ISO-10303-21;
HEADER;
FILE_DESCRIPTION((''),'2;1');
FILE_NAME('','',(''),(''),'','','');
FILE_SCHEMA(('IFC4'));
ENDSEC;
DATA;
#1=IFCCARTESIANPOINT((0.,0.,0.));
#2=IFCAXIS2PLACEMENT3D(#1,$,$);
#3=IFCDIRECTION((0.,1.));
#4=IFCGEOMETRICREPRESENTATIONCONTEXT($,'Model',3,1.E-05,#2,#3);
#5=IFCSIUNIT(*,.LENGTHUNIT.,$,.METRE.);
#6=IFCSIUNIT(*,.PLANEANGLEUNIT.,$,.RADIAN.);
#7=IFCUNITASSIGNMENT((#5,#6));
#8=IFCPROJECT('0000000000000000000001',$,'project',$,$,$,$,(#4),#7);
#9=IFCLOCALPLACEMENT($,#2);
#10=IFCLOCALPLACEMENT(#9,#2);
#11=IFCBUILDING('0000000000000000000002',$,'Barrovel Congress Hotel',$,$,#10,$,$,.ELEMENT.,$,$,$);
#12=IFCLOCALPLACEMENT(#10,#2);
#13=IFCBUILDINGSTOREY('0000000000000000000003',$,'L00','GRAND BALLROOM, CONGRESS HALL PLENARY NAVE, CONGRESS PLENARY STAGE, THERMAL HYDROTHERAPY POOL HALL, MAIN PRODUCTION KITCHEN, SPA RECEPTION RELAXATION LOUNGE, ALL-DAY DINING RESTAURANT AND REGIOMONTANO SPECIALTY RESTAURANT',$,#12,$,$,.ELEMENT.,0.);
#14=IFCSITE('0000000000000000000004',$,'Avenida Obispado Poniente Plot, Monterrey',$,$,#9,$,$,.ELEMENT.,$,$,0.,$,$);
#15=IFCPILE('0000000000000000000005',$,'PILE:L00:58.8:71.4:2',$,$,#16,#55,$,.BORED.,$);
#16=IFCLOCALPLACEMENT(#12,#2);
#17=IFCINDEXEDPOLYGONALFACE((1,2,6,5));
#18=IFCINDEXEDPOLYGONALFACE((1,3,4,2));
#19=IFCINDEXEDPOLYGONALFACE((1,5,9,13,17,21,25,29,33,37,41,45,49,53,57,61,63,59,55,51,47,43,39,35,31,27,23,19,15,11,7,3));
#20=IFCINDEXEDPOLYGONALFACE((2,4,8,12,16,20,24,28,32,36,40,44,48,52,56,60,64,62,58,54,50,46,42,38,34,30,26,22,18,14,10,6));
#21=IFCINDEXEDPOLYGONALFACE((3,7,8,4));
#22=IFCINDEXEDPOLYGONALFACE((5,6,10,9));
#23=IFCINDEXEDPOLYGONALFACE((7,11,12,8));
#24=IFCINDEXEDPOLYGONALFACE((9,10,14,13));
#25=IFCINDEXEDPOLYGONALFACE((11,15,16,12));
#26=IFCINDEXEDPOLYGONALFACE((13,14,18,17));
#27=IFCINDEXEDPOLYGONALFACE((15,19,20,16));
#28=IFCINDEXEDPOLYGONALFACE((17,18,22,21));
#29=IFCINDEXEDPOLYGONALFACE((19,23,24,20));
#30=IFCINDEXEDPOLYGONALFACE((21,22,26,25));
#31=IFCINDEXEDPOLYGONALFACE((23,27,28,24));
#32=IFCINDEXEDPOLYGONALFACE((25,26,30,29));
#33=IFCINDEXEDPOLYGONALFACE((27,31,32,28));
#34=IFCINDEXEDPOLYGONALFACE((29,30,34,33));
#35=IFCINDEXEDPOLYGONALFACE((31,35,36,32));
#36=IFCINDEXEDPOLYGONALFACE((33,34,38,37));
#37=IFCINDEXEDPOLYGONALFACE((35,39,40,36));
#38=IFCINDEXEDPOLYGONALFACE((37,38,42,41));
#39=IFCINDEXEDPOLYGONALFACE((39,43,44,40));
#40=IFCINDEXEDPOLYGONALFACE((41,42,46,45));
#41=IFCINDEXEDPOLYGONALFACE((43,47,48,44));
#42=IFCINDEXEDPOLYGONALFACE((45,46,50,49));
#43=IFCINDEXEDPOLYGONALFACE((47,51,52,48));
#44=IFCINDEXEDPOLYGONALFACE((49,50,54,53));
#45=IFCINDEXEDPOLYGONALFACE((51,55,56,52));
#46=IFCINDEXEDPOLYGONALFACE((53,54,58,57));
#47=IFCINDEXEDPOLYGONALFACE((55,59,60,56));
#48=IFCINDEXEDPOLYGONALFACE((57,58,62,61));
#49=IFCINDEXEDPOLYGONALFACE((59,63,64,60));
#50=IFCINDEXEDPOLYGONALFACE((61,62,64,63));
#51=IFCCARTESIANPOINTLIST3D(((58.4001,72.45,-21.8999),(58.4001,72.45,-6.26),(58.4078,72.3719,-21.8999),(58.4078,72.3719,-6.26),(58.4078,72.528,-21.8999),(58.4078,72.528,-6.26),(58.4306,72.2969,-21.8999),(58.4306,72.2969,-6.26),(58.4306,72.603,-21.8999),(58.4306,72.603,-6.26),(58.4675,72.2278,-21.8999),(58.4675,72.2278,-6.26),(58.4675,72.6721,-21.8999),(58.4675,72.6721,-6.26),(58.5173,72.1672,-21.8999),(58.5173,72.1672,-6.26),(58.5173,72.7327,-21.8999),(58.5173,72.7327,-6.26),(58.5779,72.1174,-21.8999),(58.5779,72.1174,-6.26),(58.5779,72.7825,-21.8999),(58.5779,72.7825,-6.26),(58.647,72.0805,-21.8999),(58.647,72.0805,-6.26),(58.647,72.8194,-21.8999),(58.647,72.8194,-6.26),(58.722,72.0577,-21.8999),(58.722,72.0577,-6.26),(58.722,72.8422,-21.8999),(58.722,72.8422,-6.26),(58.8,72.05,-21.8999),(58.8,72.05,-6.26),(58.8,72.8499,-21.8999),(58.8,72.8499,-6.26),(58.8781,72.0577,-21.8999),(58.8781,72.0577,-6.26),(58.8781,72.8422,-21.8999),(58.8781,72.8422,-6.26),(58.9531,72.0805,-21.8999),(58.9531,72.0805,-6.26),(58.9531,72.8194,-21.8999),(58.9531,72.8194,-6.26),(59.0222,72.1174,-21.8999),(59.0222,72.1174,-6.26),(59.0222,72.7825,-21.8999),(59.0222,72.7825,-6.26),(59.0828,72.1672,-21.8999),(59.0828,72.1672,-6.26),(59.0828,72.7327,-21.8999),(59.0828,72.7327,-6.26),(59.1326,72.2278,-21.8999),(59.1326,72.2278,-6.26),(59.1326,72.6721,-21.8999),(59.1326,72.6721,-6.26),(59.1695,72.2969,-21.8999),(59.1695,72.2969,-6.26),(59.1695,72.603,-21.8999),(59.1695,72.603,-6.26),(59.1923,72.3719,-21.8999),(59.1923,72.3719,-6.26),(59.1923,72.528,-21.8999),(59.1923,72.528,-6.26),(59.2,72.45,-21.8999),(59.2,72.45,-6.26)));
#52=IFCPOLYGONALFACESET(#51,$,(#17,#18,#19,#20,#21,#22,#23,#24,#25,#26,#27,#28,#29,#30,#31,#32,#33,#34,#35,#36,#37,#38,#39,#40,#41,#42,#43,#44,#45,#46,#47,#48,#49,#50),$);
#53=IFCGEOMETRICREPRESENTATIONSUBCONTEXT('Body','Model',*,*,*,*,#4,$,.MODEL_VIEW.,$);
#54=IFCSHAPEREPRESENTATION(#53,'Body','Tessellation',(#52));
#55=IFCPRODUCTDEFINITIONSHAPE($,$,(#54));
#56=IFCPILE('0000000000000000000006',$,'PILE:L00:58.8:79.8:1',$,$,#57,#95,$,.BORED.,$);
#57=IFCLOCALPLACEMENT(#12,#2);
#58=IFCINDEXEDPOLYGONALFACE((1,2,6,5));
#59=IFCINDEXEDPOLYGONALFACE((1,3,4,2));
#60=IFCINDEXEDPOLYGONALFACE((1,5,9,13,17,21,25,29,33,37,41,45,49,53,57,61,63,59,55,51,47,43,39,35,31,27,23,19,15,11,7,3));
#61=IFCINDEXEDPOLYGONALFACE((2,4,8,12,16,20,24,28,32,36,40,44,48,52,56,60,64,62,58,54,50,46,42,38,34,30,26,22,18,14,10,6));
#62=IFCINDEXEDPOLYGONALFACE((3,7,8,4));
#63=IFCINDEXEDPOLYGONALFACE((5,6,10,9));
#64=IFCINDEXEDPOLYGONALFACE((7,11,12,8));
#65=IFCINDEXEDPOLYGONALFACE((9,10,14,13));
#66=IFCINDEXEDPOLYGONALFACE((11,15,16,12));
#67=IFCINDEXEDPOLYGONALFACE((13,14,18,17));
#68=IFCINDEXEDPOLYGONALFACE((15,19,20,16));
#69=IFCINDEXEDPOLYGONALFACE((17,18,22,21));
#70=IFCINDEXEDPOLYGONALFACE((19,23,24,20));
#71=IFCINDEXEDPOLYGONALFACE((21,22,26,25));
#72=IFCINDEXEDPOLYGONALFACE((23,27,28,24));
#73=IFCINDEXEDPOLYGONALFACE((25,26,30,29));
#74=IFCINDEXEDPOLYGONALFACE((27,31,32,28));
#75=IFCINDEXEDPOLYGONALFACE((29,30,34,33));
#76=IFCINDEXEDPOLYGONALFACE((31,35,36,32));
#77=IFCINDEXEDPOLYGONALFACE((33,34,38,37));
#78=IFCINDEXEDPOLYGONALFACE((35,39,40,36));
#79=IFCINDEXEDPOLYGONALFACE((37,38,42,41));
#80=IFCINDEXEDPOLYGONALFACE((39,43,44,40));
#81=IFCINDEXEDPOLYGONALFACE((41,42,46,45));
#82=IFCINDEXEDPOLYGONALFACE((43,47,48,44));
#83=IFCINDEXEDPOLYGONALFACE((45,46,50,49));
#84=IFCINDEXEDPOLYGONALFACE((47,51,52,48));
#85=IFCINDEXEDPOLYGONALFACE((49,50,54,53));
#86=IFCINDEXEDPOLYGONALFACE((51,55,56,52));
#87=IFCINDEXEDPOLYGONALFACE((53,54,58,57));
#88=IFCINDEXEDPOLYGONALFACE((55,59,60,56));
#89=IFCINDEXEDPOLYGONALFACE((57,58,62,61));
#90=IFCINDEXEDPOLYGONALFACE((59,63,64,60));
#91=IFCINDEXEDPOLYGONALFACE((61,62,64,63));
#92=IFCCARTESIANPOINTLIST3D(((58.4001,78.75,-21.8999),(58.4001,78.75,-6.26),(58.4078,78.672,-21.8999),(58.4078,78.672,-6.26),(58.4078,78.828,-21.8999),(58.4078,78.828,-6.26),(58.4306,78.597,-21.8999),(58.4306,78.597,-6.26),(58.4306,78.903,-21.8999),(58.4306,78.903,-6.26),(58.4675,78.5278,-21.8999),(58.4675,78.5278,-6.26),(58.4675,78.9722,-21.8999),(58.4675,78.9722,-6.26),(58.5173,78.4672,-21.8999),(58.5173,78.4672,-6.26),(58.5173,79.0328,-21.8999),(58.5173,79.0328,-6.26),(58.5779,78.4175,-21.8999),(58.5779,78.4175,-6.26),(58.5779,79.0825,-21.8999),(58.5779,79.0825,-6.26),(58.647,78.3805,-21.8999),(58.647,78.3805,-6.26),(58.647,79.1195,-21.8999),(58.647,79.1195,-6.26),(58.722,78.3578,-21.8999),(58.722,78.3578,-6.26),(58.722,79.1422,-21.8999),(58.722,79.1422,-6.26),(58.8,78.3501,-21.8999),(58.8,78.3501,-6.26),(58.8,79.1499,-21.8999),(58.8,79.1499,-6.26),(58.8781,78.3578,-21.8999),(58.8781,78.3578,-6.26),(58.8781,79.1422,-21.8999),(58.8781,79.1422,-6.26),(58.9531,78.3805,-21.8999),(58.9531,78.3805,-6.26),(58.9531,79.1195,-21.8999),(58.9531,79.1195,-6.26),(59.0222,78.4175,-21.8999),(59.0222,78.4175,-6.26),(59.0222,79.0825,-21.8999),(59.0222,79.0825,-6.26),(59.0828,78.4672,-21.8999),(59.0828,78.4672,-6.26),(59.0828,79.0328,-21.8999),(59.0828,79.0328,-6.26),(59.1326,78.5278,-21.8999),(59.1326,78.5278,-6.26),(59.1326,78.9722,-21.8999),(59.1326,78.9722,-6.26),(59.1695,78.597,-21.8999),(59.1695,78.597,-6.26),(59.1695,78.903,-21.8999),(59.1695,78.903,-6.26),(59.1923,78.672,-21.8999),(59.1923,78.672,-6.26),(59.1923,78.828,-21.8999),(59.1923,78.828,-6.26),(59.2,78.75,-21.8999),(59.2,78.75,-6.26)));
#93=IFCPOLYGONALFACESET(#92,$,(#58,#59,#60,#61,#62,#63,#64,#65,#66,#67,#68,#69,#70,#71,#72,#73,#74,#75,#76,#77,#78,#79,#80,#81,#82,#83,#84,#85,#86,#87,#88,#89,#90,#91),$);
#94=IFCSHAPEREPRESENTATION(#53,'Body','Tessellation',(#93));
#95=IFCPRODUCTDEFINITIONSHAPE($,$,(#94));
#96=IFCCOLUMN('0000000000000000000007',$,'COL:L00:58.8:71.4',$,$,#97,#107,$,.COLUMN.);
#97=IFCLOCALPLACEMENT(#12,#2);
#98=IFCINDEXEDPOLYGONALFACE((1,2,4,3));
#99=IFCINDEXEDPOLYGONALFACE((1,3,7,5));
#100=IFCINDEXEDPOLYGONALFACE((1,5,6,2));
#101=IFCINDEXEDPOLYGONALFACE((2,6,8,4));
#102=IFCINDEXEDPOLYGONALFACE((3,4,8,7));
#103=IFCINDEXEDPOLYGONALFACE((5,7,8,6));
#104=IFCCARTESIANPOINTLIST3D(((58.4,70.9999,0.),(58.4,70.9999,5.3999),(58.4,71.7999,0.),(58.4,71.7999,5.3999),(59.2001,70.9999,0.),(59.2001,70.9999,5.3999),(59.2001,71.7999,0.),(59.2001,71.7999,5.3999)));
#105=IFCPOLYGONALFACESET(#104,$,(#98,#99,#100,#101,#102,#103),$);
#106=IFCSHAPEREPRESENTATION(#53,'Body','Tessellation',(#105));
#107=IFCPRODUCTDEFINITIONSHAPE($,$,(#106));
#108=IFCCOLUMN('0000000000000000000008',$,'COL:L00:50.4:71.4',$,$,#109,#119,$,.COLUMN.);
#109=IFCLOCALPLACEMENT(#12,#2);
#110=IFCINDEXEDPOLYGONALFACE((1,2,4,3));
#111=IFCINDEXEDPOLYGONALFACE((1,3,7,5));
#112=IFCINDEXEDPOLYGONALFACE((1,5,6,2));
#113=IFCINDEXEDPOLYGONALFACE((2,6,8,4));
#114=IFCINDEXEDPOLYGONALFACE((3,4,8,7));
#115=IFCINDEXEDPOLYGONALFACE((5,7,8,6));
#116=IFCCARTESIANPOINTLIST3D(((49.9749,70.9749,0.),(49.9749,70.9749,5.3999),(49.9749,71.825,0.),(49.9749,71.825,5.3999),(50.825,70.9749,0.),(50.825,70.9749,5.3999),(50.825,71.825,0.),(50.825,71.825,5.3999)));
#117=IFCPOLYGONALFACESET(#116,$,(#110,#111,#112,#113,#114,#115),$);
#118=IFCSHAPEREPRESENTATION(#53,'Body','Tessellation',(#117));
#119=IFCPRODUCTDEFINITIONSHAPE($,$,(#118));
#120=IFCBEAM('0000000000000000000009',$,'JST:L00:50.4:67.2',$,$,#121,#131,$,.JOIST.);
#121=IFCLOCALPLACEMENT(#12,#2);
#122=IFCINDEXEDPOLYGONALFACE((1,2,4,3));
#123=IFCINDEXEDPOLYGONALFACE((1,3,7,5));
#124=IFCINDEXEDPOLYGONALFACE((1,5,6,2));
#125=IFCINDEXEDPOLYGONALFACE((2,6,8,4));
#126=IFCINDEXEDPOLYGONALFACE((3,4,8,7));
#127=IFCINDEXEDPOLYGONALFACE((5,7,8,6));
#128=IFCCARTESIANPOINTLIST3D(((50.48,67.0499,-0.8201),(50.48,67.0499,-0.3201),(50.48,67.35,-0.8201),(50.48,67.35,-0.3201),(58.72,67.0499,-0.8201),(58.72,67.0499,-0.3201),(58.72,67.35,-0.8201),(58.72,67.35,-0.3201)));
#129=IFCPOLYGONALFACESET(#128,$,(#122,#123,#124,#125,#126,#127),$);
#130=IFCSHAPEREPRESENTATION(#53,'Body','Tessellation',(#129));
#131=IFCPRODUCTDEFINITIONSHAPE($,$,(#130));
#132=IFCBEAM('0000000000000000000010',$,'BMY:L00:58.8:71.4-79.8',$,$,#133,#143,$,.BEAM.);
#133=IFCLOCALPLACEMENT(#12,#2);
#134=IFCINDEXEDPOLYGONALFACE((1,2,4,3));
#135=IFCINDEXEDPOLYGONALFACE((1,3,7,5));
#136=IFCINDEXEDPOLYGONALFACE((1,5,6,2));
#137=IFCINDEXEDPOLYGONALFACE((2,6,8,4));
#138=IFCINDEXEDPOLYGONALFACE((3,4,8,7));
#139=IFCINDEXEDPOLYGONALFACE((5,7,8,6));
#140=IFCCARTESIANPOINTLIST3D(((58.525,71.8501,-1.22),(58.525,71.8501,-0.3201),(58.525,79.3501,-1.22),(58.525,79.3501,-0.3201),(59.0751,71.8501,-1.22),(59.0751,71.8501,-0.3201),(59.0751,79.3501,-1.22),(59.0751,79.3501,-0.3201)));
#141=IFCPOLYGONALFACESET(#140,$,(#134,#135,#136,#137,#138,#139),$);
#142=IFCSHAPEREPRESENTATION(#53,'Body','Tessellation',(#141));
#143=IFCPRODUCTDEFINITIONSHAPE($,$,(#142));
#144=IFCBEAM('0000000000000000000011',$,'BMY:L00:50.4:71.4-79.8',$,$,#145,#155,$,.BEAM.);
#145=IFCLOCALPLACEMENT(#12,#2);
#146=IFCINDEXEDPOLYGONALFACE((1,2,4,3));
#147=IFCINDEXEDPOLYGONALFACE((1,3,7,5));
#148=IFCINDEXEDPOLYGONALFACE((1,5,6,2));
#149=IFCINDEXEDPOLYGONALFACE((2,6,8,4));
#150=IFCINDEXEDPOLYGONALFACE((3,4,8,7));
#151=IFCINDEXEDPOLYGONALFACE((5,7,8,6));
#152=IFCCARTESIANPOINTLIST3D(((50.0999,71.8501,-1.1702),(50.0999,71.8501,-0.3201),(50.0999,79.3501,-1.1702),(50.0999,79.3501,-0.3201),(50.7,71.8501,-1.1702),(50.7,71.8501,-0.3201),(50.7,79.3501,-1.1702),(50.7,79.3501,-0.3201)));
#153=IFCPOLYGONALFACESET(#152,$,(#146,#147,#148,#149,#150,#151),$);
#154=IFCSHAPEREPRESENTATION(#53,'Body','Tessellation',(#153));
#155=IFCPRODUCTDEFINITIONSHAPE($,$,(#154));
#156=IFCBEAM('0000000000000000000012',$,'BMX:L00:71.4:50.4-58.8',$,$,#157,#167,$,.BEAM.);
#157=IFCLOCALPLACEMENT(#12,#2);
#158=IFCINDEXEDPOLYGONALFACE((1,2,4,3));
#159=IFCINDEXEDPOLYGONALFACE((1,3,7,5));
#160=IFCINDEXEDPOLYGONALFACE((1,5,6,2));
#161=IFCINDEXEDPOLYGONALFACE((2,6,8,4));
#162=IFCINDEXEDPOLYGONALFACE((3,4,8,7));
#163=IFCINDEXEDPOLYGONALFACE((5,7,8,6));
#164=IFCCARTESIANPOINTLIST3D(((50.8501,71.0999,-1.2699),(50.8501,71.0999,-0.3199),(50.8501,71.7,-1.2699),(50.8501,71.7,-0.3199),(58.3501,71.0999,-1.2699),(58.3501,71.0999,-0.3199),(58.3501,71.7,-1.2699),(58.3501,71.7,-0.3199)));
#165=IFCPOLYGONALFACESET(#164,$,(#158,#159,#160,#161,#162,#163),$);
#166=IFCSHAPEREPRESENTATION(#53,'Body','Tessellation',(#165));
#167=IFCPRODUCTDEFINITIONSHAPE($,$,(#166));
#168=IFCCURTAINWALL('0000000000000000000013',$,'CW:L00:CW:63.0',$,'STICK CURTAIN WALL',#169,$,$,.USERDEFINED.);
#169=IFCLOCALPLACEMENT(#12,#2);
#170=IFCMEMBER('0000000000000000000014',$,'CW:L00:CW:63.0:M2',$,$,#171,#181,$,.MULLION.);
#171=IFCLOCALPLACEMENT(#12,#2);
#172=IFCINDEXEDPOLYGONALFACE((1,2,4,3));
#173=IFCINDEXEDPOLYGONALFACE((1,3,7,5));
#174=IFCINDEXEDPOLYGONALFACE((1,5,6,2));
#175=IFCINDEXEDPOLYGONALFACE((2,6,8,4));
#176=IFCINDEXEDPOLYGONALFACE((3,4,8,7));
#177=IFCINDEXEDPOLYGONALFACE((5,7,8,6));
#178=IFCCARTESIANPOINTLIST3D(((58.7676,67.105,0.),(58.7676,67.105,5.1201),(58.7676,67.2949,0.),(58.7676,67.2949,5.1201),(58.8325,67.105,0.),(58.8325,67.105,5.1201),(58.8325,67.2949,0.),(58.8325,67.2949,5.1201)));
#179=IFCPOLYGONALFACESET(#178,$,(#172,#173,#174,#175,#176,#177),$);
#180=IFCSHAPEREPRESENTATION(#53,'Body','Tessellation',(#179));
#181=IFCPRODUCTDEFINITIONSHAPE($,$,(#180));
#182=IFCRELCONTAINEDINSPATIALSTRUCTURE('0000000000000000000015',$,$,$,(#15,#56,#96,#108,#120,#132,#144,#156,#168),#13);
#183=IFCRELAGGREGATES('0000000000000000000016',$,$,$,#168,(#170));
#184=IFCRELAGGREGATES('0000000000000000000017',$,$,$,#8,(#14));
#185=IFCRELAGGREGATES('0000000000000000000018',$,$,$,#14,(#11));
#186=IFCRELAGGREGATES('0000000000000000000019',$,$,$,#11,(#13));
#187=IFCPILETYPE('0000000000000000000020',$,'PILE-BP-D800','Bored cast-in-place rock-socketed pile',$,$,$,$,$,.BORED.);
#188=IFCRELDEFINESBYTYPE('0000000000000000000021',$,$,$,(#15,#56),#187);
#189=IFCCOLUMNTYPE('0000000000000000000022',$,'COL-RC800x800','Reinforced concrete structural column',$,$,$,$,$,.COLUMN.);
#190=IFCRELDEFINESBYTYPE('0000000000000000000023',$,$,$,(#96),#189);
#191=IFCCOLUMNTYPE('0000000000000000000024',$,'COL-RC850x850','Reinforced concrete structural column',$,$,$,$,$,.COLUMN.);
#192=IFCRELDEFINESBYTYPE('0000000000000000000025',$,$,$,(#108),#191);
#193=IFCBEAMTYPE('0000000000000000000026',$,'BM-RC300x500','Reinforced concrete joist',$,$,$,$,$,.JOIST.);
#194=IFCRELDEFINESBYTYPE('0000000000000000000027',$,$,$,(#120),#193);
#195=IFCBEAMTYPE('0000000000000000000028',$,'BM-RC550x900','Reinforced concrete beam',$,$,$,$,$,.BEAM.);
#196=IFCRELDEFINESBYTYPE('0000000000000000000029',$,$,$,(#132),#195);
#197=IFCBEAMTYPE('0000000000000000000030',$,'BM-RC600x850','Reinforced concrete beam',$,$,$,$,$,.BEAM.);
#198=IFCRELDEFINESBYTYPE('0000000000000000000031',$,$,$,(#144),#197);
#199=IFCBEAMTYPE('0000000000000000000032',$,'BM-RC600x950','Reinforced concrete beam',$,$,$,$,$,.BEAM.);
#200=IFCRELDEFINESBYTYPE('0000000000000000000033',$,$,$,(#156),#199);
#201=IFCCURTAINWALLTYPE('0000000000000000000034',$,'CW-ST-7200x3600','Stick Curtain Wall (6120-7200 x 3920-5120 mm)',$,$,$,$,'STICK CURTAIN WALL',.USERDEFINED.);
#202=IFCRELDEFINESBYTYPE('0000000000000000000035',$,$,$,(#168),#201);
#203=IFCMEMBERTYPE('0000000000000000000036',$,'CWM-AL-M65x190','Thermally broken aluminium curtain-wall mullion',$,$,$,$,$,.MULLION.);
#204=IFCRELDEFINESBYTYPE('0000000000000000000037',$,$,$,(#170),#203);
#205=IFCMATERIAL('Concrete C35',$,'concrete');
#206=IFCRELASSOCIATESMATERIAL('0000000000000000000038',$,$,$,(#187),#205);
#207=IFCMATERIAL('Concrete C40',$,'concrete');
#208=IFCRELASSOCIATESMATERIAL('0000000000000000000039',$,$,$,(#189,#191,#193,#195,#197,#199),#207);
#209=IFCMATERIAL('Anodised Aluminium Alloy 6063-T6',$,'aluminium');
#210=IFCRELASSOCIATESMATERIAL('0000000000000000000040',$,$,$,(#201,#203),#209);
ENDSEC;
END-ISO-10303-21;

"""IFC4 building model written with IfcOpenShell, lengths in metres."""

from ifc_helpers import new_model, si_unit, direction, frame, origin, origin_2d, place, context, subcontext, project, spatial, rectangle, circle, extrude, material, material_profile, profile_set, type_object, element, aggregate, save


model = new_model("IFC4")

# Units and contexts
model_context = context("Model", 3, precision=1e-05, world=origin(), true_north=direction((0.0, 1.0)))
body_context = subcontext(model_context, "Body", "Model", "MODEL_VIEW")
ifc_project = project(units=[si_unit("LENGTHUNIT", "METRE"), si_unit("PLANEANGLEUNIT", "RADIAN")], contexts=[model_context])

# Site, building, storey
site_placement = place(None, origin())
site = spatial("IfcSite", under=ifc_project, at=site_placement, Name="Avenida Obispado Poniente Plot, Monterrey", CompositionType="ELEMENT", RefElevation=0.0)
building_placement = place(site_placement, origin())
building = spatial("IfcBuilding", under=site, at=building_placement, Name="Barrovel Congress Hotel", CompositionType="ELEMENT")
storey_placement = place(building_placement, origin())
storey = spatial("IfcBuildingStorey", under=building, at=storey_placement, Name="L00", Description="GRAND BALLROOM, CONGRESS HALL PLENARY NAVE, CONGRESS PLENARY STAGE, THERMAL HYDROTHERAPY POOL HALL, MAIN PRODUCTION KITCHEN, SPA RECEPTION RELAXATION LOUNGE, ALL-DAY DINING RESTAURANT AND REGIOMONTANO SPECIALTY RESTAURANT", CompositionType="ELEMENT", Elevation=0.0)

# Shared definitions
ifc_material_1 = material(Name="Concrete C40", Category="concrete")

# Piles
ifc_material_2 = material(Name="Concrete C35", Category="concrete")
ifc_material_profile_1 = material_profile(ifc_material_2, circle(Radius=0.3999, at=origin_2d()), Name="BP-D800")
ifc_profile_set_1 = profile_set([ifc_material_profile_1], Name="Concrete C35")
pile_type = type_object("IfcPileType", Name="PILE-BP-D800", Description="Bored cast-in-place rock-socketed pile", PredefinedType="BORED", material=ifc_profile_set_1)
for number, where, z_axis, x_axis, name in (
    (1, (58.8, 72.45, -6.26), (0.0, 0.0, -1.0), (1.0, 0.0, 0.0), "PILE:L00:58.8:71.4:2"),
    (2, (58.8, 78.75, -6.26), (0.0, 0.0, -1.0), (1.0, 0.0, 0.0), "PILE:L00:58.8:79.8:1"),
):
    element("IfcPile", number, at=place(storey_placement, frame(where, z_axis=z_axis, x_axis=x_axis)), inside=storey, type_object=pile_type, Name=name, PredefinedType="BORED", context=body_context, shape_type="SweptSolid", body=[
        extrude(circle(Radius=0.3999, at=origin_2d()), origin(), (0.0, 0.0, 1.0), 15.6399),
    ])

# Columns
ifc_material_profile_2 = material_profile(ifc_material_1, rectangle(XDim=0.8, YDim=0.8, at=origin_2d()), Name="RC800x800")
ifc_profile_set_2 = profile_set([ifc_material_profile_2], Name="Concrete C40")
column_type_1 = type_object("IfcColumnType", Name="COL-RC800x800", Description="Reinforced concrete structural column", PredefinedType="COLUMN", material=ifc_profile_set_2)
column_1_placement = place(storey_placement, frame((58.8, 71.3999, 0.0), z_axis=(0.0, 0.0, 1.0), x_axis=(1.0, 0.0, 0.0)))
element("IfcColumn", 3, at=column_1_placement, inside=storey, type_object=column_type_1, Name="COL:L00:58.8:71.4", PredefinedType="COLUMN", context=body_context, shape_type="SweptSolid", body=[
    extrude(rectangle(XDim=0.8, YDim=0.8, at=origin_2d()), origin(), (0.0, 0.0, 1.0), 5.3999),
])
ifc_material_profile_3 = material_profile(ifc_material_1, rectangle(XDim=0.8501, YDim=0.8501, at=origin_2d()), Name="RC850x850")
ifc_profile_set_3 = profile_set([ifc_material_profile_3], Name="Concrete C40")
column_type_2 = type_object("IfcColumnType", Name="COL-RC850x850", Description="Reinforced concrete structural column", PredefinedType="COLUMN", material=ifc_profile_set_3)
column_2_placement = place(storey_placement, frame((50.3999, 71.3999, 0.0), z_axis=(0.0, 0.0, 1.0), x_axis=(1.0, 0.0, 0.0)))
element("IfcColumn", 4, at=column_2_placement, inside=storey, type_object=column_type_2, Name="COL:L00:50.4:71.4", PredefinedType="COLUMN", context=body_context, shape_type="SweptSolid", body=[
    extrude(rectangle(XDim=0.8501, YDim=0.8501, at=origin_2d()), origin(), (0.0, 0.0, 1.0), 5.3999),
])

# Beams
ifc_material_profile_4 = material_profile(ifc_material_1, rectangle(XDim=0.3, YDim=0.5, at=origin_2d()), Name="RC300x500")
ifc_profile_set_4 = profile_set([ifc_material_profile_4], Name="Concrete C40")
beam_type_1 = type_object("IfcBeamType", Name="BM-RC300x500", Description="Reinforced concrete joist", PredefinedType="JOIST", material=ifc_profile_set_4)
beam_1_placement = place(storey_placement, frame((50.48, 67.2, -0.5701), z_axis=(1.0, 0.0, 0.0), x_axis=(0.0, 1.0, 0.0)))
element("IfcBeam", 5, at=beam_1_placement, inside=storey, type_object=beam_type_1, Name="JST:L00:50.4:67.2", PredefinedType="JOIST", context=body_context, shape_type="SweptSolid", body=[
    extrude(rectangle(XDim=0.3, YDim=0.5, at=origin_2d()), origin(), (0.0, 0.0, 1.0), 8.24),
])
ifc_material_profile_5 = material_profile(ifc_material_1, rectangle(XDim=0.55, YDim=0.8999, at=origin_2d()), Name="RC550x900")
ifc_profile_set_5 = profile_set([ifc_material_profile_5], Name="Concrete C40")
beam_type_2 = type_object("IfcBeamType", Name="BM-RC550x900", Description="Reinforced concrete beam", PredefinedType="BEAM", material=ifc_profile_set_5)
beam_2_placement = place(storey_placement, frame((58.8, 71.8501, -0.77), z_axis=(0.0, 1.0, 0.0), x_axis=(-1.0, 0.0, 0.0)))
element("IfcBeam", 6, at=beam_2_placement, inside=storey, type_object=beam_type_2, Name="BMY:L00:58.8:71.4-79.8", PredefinedType="BEAM", context=body_context, shape_type="SweptSolid", body=[
    extrude(rectangle(XDim=0.55, YDim=0.8999, at=origin_2d()), origin(), (0.0, 0.0, 1.0), 7.5),
])
ifc_material_profile_6 = material_profile(ifc_material_1, rectangle(XDim=0.6001, YDim=0.8501, at=origin_2d()), Name="RC600x850")
ifc_profile_set_6 = profile_set([ifc_material_profile_6], Name="Concrete C40")
beam_type_3 = type_object("IfcBeamType", Name="BM-RC600x850", Description="Reinforced concrete beam", PredefinedType="BEAM", material=ifc_profile_set_6)
beam_3_placement = place(storey_placement, frame((50.3999, 71.8501, -0.7451), z_axis=(0.0, 1.0, 0.0), x_axis=(-1.0, 0.0, 0.0)))
element("IfcBeam", 7, at=beam_3_placement, inside=storey, type_object=beam_type_3, Name="BMY:L00:50.4:71.4-79.8", PredefinedType="BEAM", context=body_context, shape_type="SweptSolid", body=[
    extrude(rectangle(XDim=0.6001, YDim=0.8501, at=origin_2d()), origin(), (0.0, 0.0, 1.0), 7.5),
])
ifc_material_profile_7 = material_profile(ifc_material_1, rectangle(XDim=0.6001, YDim=0.95, at=origin_2d()), Name="RC600x950")
ifc_profile_set_7 = profile_set([ifc_material_profile_7], Name="Concrete C40")
beam_type_4 = type_object("IfcBeamType", Name="BM-RC600x950", Description="Reinforced concrete beam", PredefinedType="BEAM", material=ifc_profile_set_7)
beam_4_placement = place(storey_placement, frame((50.8501, 71.3999, -0.7949), z_axis=(1.0, 0.0, 0.0), x_axis=(0.0, 1.0, 0.0)))
element("IfcBeam", 8, at=beam_4_placement, inside=storey, type_object=beam_type_4, Name="BMX:L00:71.4:50.4-58.8", PredefinedType="BEAM", context=body_context, shape_type="SweptSolid", body=[
    extrude(rectangle(XDim=0.6001, YDim=0.95, at=origin_2d()), origin(), (0.0, 0.0, 1.0), 7.5),
])

# Curtain wall, member
ifc_material_3 = material(Name="Anodised Aluminium Alloy 6063-T6", Category="aluminium")
curtain_wall_type = type_object("IfcCurtainWallType", Name="CW-ST-7200x3600", Description="Stick Curtain Wall (6120-7200 x 3920-5120 mm)", ElementType="STICK CURTAIN WALL", PredefinedType="USERDEFINED", material=ifc_material_3)
curtain_wall_1_placement = place(storey_placement, origin())
curtain_wall_1 = element("IfcCurtainWall", 9, at=curtain_wall_1_placement, inside=storey, type_object=curtain_wall_type, Name="CW:L00:CW:63.0", ObjectType="STICK CURTAIN WALL", PredefinedType="USERDEFINED")
ifc_material_profile_8 = material_profile(ifc_material_3, rectangle(XDim=0.0649, YDim=0.1899, at=origin_2d()), Name="AL-M65x190")
ifc_profile_set_8 = profile_set([ifc_material_profile_8], Name="Anodised Aluminium Alloy 6063-T6")
member_type_1 = type_object("IfcMemberType", Name="CWM-AL-M65x190", Description="Thermally broken aluminium curtain-wall mullion", PredefinedType="MULLION", material=ifc_profile_set_8)
member_1_placement = place(storey_placement, frame((58.8, 67.2, 0.0), z_axis=(0.0, 0.0, 1.0), x_axis=(1.0, 0.0, 0.0)))
member_1 = element("IfcMember", 10, at=member_1_placement, type_object=member_type_1, Name="CW:L00:CW:63.0:M2", PredefinedType="MULLION", context=body_context, shape_type="SweptSolid", body=[
    extrude(rectangle(XDim=0.0649, YDim=0.1899, at=origin_2d()), origin(), (0.0, 0.0, 1.0), 5.1201),
])

aggregate(curtain_wall_1, [member_1])

save(model, "model.ifc")
